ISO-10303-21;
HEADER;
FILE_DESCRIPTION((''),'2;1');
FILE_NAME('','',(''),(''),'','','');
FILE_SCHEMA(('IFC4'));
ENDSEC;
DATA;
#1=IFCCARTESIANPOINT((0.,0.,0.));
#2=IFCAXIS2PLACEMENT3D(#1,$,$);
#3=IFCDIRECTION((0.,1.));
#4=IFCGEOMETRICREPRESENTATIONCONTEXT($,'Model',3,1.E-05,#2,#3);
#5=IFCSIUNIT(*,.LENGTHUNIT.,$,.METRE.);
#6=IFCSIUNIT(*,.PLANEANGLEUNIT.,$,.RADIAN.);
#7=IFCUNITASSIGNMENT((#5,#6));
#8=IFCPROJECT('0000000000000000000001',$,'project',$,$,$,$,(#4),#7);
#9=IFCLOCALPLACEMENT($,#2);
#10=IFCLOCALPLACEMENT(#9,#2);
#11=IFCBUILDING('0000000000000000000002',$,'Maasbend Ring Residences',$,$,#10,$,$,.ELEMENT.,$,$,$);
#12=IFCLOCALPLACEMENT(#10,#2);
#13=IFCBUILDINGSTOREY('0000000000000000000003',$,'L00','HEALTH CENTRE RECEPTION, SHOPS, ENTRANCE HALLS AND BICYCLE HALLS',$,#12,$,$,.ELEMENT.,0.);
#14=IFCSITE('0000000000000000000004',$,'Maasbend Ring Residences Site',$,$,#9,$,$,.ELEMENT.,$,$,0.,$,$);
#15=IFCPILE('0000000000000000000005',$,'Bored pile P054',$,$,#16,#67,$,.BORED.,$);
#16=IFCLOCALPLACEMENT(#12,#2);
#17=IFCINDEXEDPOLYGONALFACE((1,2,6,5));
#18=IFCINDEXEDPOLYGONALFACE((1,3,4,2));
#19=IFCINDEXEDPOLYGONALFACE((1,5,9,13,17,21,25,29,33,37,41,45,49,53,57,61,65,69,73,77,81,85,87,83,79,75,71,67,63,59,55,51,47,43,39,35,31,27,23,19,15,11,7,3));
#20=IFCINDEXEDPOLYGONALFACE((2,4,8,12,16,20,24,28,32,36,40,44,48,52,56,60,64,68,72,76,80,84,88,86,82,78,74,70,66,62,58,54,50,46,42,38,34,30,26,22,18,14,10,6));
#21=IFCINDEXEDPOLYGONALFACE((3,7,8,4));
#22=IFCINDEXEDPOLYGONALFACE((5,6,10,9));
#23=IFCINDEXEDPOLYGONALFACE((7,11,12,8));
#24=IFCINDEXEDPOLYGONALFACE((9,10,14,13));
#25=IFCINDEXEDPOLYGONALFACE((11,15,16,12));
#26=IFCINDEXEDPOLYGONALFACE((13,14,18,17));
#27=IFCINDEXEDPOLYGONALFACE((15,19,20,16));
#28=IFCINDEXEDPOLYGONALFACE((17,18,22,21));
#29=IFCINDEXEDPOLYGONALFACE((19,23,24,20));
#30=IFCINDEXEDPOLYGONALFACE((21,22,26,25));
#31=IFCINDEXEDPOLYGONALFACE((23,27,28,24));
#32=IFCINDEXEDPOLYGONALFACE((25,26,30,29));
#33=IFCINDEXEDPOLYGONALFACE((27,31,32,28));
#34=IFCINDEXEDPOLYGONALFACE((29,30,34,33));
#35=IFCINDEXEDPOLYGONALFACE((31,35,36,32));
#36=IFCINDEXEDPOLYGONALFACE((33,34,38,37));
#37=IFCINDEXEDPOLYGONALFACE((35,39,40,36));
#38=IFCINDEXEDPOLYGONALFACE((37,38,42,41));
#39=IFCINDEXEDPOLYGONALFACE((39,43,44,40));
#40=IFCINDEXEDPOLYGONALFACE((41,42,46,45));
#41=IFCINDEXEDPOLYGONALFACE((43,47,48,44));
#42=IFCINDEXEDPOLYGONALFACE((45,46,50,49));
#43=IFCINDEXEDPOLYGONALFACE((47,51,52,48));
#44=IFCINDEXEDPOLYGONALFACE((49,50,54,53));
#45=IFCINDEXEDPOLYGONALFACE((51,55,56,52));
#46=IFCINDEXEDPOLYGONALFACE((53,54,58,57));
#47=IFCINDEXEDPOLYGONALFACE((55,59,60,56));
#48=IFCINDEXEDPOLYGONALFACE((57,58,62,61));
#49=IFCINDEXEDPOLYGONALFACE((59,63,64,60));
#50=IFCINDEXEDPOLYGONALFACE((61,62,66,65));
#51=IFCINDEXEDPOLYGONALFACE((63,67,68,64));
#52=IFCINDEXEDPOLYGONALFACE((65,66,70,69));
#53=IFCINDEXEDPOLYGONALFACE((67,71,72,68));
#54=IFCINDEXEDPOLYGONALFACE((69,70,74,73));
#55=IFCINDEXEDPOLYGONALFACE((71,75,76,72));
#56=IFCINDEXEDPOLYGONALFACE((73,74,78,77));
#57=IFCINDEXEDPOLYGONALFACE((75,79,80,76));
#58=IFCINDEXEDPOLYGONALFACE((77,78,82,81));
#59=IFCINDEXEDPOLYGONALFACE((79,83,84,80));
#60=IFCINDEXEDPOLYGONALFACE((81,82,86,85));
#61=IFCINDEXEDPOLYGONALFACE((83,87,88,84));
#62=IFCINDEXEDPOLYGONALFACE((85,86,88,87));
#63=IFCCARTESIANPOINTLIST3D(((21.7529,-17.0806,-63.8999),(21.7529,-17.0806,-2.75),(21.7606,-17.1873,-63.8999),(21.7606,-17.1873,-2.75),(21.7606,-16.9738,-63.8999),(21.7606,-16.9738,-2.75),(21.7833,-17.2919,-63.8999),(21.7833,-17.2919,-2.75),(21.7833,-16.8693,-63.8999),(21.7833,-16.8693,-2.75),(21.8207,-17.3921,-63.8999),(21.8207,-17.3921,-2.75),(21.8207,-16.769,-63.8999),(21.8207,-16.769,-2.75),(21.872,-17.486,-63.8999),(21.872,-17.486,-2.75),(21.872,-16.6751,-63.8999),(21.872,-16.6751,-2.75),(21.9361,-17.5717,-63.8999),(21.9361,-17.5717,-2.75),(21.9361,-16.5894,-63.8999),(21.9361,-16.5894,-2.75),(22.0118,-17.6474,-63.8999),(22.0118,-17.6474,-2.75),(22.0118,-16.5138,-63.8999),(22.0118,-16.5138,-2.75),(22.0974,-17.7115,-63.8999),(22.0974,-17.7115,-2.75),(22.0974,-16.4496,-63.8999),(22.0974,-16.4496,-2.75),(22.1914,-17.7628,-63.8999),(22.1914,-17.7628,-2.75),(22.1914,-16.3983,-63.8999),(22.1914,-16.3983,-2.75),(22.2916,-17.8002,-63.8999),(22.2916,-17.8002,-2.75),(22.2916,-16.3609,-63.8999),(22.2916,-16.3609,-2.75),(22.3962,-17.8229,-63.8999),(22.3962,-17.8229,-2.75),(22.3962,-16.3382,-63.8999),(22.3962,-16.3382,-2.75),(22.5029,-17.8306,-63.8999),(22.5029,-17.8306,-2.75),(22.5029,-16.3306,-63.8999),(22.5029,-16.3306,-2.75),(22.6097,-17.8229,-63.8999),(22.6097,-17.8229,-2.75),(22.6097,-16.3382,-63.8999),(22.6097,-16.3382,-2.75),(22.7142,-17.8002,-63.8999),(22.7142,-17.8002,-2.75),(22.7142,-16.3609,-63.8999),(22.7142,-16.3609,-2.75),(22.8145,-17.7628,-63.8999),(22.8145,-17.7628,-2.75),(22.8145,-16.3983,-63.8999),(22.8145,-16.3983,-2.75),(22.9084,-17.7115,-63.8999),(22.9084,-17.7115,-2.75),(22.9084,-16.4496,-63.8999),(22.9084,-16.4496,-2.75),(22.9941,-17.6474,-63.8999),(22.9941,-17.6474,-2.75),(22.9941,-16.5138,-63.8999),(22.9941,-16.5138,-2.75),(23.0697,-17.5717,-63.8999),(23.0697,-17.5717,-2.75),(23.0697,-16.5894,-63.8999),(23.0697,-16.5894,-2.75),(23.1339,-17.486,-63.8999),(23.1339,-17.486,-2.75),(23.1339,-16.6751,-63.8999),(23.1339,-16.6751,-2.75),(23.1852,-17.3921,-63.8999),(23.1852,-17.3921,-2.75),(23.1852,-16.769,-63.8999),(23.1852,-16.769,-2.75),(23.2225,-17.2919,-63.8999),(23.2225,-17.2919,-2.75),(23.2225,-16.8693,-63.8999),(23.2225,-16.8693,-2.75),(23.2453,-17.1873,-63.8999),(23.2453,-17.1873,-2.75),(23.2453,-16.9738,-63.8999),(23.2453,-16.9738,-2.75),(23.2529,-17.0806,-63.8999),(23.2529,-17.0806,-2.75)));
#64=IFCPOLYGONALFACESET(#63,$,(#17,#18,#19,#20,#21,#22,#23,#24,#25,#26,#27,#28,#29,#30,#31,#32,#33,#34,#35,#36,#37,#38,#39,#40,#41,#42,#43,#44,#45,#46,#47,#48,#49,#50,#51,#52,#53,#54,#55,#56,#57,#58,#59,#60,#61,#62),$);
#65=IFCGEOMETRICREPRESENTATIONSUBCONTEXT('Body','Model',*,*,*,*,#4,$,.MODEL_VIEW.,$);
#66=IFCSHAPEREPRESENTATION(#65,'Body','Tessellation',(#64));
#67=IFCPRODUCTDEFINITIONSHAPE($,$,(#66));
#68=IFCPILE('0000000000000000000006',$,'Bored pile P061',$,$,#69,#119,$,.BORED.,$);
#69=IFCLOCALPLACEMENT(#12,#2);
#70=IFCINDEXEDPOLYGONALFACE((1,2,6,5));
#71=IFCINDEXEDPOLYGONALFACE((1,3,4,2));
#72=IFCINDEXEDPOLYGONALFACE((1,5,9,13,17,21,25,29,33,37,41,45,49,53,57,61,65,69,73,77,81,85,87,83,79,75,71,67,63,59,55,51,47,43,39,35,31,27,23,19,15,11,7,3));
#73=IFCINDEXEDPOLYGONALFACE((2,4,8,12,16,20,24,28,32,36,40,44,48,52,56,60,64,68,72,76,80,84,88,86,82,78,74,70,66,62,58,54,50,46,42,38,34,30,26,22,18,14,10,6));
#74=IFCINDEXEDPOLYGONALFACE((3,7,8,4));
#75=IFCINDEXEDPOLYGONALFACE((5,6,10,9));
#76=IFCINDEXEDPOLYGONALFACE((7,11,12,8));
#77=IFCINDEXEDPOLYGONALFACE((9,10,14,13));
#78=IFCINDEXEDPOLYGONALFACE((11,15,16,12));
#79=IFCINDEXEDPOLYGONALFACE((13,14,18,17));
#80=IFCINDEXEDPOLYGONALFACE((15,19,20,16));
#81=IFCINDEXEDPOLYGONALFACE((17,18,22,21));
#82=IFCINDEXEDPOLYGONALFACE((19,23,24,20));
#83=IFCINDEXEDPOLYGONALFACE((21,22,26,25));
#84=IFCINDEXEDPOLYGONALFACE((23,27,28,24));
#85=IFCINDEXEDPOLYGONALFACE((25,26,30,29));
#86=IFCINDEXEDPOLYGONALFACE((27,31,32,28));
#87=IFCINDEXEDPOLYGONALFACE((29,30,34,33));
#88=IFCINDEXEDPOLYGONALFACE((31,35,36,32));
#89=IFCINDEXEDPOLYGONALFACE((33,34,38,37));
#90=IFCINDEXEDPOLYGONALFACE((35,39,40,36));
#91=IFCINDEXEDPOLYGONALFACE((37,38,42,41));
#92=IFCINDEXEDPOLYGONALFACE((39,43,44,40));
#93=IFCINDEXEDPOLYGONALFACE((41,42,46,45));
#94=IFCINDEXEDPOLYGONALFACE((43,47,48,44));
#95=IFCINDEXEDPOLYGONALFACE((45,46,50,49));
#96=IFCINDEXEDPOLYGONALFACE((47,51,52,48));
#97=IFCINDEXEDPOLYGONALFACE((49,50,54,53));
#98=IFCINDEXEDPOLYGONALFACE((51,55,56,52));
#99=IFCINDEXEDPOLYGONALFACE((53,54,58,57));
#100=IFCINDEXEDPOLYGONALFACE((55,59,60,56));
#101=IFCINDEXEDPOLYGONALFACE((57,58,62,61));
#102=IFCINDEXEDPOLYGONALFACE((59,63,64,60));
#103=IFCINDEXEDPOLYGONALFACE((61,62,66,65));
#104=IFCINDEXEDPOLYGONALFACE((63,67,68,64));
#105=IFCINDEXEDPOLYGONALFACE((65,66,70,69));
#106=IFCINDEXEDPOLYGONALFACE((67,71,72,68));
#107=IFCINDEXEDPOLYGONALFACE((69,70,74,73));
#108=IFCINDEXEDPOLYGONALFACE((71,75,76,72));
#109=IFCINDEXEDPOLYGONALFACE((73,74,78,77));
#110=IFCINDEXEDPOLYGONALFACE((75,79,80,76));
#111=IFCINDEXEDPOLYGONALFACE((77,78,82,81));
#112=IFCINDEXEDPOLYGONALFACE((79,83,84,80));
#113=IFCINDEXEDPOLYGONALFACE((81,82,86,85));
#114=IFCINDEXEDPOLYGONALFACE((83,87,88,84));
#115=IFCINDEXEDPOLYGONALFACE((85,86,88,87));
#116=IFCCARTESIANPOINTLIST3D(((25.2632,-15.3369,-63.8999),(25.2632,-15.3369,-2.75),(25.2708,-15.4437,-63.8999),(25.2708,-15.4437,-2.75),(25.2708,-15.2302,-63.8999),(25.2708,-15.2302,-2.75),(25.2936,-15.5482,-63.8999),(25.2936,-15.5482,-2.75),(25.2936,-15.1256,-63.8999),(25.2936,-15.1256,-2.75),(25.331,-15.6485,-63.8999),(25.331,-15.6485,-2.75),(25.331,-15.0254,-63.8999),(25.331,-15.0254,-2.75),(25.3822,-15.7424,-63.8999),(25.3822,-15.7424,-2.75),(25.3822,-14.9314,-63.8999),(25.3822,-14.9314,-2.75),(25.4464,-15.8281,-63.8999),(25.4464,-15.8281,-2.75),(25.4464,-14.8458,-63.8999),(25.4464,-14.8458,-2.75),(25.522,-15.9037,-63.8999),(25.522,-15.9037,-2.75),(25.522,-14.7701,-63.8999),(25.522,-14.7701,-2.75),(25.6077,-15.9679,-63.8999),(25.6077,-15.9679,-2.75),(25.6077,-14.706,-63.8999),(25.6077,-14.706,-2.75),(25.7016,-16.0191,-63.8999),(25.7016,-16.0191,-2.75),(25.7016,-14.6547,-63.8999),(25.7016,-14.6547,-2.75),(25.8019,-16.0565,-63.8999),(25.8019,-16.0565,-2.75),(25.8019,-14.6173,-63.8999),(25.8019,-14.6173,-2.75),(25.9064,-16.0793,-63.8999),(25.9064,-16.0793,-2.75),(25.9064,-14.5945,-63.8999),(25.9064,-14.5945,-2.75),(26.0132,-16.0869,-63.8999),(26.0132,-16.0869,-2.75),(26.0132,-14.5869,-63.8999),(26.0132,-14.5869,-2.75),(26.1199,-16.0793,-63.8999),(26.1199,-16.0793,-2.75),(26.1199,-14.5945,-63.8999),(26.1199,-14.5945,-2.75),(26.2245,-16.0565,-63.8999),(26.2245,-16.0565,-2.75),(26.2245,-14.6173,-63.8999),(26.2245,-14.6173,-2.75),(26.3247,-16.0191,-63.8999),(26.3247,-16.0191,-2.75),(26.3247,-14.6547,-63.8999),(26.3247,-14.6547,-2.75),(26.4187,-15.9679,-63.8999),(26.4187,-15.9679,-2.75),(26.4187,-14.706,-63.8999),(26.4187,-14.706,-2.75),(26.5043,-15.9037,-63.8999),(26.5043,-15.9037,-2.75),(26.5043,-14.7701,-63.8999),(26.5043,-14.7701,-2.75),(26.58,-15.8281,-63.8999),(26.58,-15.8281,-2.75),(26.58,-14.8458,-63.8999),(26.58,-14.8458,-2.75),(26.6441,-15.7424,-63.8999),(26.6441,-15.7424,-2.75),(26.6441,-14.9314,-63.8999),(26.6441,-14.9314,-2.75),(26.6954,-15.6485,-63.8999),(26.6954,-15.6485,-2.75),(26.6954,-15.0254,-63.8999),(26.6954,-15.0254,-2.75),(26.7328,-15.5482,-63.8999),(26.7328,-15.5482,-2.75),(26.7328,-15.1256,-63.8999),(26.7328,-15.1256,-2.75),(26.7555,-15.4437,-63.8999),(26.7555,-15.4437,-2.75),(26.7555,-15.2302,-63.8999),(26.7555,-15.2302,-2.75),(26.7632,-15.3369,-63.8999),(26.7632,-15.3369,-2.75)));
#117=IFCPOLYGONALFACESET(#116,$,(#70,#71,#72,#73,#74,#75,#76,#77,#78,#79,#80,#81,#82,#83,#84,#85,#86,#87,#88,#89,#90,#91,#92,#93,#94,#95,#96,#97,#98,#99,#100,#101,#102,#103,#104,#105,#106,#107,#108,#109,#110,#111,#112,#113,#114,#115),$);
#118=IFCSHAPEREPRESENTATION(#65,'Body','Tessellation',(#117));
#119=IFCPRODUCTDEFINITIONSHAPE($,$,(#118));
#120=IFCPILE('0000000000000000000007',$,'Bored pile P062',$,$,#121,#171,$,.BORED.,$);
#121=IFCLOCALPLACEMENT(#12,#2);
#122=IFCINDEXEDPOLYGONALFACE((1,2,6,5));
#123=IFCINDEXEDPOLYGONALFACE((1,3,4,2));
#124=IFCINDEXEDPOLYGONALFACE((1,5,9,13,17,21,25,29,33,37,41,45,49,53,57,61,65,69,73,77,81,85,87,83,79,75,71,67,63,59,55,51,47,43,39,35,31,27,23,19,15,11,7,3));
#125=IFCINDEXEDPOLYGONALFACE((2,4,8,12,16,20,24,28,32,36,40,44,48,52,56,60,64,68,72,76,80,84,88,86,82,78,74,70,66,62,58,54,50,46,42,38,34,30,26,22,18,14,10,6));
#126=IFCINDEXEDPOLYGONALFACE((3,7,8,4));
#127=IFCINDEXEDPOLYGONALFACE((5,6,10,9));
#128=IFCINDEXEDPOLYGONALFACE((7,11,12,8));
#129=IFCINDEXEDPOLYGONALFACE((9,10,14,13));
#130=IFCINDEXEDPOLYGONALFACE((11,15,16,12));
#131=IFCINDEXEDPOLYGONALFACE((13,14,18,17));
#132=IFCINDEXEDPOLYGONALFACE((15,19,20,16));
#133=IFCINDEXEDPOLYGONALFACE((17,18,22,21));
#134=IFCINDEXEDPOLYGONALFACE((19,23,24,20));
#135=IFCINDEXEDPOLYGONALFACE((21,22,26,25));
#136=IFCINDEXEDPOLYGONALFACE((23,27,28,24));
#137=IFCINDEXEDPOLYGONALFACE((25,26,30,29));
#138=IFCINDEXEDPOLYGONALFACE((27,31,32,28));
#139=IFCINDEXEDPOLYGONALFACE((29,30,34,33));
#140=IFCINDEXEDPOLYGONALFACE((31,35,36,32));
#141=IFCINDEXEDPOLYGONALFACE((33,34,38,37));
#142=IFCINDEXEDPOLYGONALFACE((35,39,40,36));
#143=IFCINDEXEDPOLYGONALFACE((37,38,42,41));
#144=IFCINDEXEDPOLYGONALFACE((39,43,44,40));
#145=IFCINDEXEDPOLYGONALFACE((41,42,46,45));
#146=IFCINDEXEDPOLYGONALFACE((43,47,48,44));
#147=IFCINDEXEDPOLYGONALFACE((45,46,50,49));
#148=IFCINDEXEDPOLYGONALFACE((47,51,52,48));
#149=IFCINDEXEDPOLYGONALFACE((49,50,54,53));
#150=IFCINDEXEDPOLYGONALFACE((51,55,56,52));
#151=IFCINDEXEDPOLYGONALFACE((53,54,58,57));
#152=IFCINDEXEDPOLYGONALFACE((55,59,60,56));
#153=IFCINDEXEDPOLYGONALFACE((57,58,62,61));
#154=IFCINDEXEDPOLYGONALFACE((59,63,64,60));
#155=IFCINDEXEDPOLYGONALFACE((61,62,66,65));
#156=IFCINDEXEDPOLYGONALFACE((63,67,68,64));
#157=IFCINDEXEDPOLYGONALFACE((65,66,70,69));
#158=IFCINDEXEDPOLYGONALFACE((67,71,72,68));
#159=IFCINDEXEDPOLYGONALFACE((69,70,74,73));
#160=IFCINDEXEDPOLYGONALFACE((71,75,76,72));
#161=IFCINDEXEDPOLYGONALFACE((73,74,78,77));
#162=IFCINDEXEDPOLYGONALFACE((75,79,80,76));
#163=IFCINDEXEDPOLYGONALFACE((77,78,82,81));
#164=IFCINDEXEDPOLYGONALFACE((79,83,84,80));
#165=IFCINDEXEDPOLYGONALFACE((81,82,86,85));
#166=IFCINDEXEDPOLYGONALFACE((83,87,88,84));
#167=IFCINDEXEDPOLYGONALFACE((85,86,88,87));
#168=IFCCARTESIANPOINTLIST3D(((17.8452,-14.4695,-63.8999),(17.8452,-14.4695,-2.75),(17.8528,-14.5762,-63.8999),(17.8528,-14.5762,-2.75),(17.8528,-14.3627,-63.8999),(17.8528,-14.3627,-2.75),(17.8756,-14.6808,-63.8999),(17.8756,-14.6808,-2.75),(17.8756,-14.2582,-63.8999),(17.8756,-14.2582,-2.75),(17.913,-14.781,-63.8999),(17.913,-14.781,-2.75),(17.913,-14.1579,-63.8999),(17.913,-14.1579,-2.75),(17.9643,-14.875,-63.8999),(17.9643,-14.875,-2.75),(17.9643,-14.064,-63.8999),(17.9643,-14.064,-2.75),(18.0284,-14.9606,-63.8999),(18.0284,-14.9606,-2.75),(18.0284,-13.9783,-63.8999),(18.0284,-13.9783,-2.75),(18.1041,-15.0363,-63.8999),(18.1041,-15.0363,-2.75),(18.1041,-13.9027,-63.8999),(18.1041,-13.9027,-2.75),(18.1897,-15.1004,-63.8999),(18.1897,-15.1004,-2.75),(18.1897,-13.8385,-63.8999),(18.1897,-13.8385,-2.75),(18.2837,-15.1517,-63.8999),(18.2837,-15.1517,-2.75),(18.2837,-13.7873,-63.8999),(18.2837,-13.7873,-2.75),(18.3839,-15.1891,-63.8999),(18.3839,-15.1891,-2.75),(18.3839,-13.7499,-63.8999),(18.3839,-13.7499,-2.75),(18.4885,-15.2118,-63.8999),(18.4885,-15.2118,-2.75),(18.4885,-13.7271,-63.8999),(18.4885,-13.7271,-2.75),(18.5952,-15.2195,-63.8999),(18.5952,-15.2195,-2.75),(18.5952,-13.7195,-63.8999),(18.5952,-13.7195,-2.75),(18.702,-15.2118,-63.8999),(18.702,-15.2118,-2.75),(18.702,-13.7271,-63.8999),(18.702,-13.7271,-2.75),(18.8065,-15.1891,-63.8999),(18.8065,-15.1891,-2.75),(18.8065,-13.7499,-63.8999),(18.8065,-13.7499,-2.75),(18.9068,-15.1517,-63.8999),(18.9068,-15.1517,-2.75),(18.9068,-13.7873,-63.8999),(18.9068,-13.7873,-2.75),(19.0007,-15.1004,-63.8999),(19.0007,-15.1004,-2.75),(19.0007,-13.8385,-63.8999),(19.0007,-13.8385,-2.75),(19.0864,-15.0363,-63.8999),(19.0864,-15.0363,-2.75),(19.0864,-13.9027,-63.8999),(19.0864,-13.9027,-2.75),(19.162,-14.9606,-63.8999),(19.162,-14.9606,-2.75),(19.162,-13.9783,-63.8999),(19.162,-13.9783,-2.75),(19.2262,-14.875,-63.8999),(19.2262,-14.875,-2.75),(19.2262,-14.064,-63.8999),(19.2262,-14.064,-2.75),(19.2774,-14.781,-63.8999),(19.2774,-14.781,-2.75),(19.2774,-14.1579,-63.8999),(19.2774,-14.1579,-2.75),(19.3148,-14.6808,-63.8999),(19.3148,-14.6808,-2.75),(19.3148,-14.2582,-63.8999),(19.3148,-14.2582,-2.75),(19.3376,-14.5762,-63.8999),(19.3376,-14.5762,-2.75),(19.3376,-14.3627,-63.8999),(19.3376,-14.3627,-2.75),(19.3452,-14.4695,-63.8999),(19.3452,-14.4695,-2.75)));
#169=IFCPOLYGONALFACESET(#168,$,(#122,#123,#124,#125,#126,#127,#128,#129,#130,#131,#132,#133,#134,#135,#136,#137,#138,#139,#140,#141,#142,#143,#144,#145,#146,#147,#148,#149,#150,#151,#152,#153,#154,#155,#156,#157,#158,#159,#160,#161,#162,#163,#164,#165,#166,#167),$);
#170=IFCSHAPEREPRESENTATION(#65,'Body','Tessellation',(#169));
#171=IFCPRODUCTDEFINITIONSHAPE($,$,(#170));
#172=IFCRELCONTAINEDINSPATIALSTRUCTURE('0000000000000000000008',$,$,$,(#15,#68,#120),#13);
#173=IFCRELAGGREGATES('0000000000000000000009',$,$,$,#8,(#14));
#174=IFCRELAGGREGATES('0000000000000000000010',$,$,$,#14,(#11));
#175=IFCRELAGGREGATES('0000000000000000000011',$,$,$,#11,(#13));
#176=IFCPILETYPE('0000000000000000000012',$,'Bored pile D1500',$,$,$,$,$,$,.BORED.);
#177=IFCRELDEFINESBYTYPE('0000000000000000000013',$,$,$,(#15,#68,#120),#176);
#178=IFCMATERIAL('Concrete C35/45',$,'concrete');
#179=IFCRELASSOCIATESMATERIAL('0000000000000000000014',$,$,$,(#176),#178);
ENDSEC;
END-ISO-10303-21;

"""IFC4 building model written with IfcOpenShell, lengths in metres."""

from ifc_helpers import new_model, si_unit, direction, frame, origin, origin_2d, place, context, subcontext, project, spatial, circle, extrude, material, material_profile, profile_set, type_object, element, save


model = new_model("IFC4")

# Units and contexts
model_context = context("Model", 3, precision=1e-05, world=origin(), true_north=direction((0.0, 1.0)))
body_context = subcontext(model_context, "Body", "Model", "MODEL_VIEW")
ifc_project = project(units=[si_unit("LENGTHUNIT", "METRE"), si_unit("PLANEANGLEUNIT", "RADIAN")], contexts=[model_context])

# Site, building, storey
site_placement = place(None, origin())
site = spatial("IfcSite", under=ifc_project, at=site_placement, Name="Maasbend Ring Residences Site", CompositionType="ELEMENT", RefElevation=0.0)
building_placement = place(site_placement, origin())
building = spatial("IfcBuilding", under=site, at=building_placement, Name="Maasbend Ring Residences", CompositionType="ELEMENT")
storey_placement = place(building_placement, origin())
storey = spatial("IfcBuildingStorey", under=building, at=storey_placement, Name="L00", Description="HEALTH CENTRE RECEPTION, SHOPS, ENTRANCE HALLS AND BICYCLE HALLS", CompositionType="ELEMENT", Elevation=0.0)

# Piles
ifc_material_1 = material(Name="Concrete C35/45", Category="concrete")
ifc_material_profile_1 = material_profile(ifc_material_1, circle(Radius=0.75, at=origin_2d()), Name="Bored pile D1500")
ifc_profile_set_1 = profile_set([ifc_material_profile_1], Name="Concrete C35/45")
pile_type = type_object("IfcPileType", Name="Bored pile D1500", PredefinedType="BORED", material=ifc_profile_set_1)
for number, where, z_axis, x_axis, name in (
    (1, (22.5029, -17.0806, -2.75), (0.0, 0.0, -1.0), (1.0, 0.0, 0.0), "Bored pile P054"),
    (2, (26.0132, -15.3369, -2.75), (0.0, 0.0, -1.0), (1.0, 0.0, 0.0), "Bored pile P061"),
    (3, (18.5952, -14.4695, -2.75), (0.0, 0.0, -1.0), (1.0, 0.0, 0.0), "Bored pile P062"),
):
    element("IfcPile", number, at=place(storey_placement, frame(where, z_axis=z_axis, x_axis=x_axis)), inside=storey, type_object=pile_type, Name=name, PredefinedType="BORED", context=body_context, shape_type="SweptSolid", body=[
        extrude(circle(Radius=0.75, at=origin_2d()), origin(), (0.0, 0.0, 1.0), 61.1499),
    ])

save(model, "model.ifc")
